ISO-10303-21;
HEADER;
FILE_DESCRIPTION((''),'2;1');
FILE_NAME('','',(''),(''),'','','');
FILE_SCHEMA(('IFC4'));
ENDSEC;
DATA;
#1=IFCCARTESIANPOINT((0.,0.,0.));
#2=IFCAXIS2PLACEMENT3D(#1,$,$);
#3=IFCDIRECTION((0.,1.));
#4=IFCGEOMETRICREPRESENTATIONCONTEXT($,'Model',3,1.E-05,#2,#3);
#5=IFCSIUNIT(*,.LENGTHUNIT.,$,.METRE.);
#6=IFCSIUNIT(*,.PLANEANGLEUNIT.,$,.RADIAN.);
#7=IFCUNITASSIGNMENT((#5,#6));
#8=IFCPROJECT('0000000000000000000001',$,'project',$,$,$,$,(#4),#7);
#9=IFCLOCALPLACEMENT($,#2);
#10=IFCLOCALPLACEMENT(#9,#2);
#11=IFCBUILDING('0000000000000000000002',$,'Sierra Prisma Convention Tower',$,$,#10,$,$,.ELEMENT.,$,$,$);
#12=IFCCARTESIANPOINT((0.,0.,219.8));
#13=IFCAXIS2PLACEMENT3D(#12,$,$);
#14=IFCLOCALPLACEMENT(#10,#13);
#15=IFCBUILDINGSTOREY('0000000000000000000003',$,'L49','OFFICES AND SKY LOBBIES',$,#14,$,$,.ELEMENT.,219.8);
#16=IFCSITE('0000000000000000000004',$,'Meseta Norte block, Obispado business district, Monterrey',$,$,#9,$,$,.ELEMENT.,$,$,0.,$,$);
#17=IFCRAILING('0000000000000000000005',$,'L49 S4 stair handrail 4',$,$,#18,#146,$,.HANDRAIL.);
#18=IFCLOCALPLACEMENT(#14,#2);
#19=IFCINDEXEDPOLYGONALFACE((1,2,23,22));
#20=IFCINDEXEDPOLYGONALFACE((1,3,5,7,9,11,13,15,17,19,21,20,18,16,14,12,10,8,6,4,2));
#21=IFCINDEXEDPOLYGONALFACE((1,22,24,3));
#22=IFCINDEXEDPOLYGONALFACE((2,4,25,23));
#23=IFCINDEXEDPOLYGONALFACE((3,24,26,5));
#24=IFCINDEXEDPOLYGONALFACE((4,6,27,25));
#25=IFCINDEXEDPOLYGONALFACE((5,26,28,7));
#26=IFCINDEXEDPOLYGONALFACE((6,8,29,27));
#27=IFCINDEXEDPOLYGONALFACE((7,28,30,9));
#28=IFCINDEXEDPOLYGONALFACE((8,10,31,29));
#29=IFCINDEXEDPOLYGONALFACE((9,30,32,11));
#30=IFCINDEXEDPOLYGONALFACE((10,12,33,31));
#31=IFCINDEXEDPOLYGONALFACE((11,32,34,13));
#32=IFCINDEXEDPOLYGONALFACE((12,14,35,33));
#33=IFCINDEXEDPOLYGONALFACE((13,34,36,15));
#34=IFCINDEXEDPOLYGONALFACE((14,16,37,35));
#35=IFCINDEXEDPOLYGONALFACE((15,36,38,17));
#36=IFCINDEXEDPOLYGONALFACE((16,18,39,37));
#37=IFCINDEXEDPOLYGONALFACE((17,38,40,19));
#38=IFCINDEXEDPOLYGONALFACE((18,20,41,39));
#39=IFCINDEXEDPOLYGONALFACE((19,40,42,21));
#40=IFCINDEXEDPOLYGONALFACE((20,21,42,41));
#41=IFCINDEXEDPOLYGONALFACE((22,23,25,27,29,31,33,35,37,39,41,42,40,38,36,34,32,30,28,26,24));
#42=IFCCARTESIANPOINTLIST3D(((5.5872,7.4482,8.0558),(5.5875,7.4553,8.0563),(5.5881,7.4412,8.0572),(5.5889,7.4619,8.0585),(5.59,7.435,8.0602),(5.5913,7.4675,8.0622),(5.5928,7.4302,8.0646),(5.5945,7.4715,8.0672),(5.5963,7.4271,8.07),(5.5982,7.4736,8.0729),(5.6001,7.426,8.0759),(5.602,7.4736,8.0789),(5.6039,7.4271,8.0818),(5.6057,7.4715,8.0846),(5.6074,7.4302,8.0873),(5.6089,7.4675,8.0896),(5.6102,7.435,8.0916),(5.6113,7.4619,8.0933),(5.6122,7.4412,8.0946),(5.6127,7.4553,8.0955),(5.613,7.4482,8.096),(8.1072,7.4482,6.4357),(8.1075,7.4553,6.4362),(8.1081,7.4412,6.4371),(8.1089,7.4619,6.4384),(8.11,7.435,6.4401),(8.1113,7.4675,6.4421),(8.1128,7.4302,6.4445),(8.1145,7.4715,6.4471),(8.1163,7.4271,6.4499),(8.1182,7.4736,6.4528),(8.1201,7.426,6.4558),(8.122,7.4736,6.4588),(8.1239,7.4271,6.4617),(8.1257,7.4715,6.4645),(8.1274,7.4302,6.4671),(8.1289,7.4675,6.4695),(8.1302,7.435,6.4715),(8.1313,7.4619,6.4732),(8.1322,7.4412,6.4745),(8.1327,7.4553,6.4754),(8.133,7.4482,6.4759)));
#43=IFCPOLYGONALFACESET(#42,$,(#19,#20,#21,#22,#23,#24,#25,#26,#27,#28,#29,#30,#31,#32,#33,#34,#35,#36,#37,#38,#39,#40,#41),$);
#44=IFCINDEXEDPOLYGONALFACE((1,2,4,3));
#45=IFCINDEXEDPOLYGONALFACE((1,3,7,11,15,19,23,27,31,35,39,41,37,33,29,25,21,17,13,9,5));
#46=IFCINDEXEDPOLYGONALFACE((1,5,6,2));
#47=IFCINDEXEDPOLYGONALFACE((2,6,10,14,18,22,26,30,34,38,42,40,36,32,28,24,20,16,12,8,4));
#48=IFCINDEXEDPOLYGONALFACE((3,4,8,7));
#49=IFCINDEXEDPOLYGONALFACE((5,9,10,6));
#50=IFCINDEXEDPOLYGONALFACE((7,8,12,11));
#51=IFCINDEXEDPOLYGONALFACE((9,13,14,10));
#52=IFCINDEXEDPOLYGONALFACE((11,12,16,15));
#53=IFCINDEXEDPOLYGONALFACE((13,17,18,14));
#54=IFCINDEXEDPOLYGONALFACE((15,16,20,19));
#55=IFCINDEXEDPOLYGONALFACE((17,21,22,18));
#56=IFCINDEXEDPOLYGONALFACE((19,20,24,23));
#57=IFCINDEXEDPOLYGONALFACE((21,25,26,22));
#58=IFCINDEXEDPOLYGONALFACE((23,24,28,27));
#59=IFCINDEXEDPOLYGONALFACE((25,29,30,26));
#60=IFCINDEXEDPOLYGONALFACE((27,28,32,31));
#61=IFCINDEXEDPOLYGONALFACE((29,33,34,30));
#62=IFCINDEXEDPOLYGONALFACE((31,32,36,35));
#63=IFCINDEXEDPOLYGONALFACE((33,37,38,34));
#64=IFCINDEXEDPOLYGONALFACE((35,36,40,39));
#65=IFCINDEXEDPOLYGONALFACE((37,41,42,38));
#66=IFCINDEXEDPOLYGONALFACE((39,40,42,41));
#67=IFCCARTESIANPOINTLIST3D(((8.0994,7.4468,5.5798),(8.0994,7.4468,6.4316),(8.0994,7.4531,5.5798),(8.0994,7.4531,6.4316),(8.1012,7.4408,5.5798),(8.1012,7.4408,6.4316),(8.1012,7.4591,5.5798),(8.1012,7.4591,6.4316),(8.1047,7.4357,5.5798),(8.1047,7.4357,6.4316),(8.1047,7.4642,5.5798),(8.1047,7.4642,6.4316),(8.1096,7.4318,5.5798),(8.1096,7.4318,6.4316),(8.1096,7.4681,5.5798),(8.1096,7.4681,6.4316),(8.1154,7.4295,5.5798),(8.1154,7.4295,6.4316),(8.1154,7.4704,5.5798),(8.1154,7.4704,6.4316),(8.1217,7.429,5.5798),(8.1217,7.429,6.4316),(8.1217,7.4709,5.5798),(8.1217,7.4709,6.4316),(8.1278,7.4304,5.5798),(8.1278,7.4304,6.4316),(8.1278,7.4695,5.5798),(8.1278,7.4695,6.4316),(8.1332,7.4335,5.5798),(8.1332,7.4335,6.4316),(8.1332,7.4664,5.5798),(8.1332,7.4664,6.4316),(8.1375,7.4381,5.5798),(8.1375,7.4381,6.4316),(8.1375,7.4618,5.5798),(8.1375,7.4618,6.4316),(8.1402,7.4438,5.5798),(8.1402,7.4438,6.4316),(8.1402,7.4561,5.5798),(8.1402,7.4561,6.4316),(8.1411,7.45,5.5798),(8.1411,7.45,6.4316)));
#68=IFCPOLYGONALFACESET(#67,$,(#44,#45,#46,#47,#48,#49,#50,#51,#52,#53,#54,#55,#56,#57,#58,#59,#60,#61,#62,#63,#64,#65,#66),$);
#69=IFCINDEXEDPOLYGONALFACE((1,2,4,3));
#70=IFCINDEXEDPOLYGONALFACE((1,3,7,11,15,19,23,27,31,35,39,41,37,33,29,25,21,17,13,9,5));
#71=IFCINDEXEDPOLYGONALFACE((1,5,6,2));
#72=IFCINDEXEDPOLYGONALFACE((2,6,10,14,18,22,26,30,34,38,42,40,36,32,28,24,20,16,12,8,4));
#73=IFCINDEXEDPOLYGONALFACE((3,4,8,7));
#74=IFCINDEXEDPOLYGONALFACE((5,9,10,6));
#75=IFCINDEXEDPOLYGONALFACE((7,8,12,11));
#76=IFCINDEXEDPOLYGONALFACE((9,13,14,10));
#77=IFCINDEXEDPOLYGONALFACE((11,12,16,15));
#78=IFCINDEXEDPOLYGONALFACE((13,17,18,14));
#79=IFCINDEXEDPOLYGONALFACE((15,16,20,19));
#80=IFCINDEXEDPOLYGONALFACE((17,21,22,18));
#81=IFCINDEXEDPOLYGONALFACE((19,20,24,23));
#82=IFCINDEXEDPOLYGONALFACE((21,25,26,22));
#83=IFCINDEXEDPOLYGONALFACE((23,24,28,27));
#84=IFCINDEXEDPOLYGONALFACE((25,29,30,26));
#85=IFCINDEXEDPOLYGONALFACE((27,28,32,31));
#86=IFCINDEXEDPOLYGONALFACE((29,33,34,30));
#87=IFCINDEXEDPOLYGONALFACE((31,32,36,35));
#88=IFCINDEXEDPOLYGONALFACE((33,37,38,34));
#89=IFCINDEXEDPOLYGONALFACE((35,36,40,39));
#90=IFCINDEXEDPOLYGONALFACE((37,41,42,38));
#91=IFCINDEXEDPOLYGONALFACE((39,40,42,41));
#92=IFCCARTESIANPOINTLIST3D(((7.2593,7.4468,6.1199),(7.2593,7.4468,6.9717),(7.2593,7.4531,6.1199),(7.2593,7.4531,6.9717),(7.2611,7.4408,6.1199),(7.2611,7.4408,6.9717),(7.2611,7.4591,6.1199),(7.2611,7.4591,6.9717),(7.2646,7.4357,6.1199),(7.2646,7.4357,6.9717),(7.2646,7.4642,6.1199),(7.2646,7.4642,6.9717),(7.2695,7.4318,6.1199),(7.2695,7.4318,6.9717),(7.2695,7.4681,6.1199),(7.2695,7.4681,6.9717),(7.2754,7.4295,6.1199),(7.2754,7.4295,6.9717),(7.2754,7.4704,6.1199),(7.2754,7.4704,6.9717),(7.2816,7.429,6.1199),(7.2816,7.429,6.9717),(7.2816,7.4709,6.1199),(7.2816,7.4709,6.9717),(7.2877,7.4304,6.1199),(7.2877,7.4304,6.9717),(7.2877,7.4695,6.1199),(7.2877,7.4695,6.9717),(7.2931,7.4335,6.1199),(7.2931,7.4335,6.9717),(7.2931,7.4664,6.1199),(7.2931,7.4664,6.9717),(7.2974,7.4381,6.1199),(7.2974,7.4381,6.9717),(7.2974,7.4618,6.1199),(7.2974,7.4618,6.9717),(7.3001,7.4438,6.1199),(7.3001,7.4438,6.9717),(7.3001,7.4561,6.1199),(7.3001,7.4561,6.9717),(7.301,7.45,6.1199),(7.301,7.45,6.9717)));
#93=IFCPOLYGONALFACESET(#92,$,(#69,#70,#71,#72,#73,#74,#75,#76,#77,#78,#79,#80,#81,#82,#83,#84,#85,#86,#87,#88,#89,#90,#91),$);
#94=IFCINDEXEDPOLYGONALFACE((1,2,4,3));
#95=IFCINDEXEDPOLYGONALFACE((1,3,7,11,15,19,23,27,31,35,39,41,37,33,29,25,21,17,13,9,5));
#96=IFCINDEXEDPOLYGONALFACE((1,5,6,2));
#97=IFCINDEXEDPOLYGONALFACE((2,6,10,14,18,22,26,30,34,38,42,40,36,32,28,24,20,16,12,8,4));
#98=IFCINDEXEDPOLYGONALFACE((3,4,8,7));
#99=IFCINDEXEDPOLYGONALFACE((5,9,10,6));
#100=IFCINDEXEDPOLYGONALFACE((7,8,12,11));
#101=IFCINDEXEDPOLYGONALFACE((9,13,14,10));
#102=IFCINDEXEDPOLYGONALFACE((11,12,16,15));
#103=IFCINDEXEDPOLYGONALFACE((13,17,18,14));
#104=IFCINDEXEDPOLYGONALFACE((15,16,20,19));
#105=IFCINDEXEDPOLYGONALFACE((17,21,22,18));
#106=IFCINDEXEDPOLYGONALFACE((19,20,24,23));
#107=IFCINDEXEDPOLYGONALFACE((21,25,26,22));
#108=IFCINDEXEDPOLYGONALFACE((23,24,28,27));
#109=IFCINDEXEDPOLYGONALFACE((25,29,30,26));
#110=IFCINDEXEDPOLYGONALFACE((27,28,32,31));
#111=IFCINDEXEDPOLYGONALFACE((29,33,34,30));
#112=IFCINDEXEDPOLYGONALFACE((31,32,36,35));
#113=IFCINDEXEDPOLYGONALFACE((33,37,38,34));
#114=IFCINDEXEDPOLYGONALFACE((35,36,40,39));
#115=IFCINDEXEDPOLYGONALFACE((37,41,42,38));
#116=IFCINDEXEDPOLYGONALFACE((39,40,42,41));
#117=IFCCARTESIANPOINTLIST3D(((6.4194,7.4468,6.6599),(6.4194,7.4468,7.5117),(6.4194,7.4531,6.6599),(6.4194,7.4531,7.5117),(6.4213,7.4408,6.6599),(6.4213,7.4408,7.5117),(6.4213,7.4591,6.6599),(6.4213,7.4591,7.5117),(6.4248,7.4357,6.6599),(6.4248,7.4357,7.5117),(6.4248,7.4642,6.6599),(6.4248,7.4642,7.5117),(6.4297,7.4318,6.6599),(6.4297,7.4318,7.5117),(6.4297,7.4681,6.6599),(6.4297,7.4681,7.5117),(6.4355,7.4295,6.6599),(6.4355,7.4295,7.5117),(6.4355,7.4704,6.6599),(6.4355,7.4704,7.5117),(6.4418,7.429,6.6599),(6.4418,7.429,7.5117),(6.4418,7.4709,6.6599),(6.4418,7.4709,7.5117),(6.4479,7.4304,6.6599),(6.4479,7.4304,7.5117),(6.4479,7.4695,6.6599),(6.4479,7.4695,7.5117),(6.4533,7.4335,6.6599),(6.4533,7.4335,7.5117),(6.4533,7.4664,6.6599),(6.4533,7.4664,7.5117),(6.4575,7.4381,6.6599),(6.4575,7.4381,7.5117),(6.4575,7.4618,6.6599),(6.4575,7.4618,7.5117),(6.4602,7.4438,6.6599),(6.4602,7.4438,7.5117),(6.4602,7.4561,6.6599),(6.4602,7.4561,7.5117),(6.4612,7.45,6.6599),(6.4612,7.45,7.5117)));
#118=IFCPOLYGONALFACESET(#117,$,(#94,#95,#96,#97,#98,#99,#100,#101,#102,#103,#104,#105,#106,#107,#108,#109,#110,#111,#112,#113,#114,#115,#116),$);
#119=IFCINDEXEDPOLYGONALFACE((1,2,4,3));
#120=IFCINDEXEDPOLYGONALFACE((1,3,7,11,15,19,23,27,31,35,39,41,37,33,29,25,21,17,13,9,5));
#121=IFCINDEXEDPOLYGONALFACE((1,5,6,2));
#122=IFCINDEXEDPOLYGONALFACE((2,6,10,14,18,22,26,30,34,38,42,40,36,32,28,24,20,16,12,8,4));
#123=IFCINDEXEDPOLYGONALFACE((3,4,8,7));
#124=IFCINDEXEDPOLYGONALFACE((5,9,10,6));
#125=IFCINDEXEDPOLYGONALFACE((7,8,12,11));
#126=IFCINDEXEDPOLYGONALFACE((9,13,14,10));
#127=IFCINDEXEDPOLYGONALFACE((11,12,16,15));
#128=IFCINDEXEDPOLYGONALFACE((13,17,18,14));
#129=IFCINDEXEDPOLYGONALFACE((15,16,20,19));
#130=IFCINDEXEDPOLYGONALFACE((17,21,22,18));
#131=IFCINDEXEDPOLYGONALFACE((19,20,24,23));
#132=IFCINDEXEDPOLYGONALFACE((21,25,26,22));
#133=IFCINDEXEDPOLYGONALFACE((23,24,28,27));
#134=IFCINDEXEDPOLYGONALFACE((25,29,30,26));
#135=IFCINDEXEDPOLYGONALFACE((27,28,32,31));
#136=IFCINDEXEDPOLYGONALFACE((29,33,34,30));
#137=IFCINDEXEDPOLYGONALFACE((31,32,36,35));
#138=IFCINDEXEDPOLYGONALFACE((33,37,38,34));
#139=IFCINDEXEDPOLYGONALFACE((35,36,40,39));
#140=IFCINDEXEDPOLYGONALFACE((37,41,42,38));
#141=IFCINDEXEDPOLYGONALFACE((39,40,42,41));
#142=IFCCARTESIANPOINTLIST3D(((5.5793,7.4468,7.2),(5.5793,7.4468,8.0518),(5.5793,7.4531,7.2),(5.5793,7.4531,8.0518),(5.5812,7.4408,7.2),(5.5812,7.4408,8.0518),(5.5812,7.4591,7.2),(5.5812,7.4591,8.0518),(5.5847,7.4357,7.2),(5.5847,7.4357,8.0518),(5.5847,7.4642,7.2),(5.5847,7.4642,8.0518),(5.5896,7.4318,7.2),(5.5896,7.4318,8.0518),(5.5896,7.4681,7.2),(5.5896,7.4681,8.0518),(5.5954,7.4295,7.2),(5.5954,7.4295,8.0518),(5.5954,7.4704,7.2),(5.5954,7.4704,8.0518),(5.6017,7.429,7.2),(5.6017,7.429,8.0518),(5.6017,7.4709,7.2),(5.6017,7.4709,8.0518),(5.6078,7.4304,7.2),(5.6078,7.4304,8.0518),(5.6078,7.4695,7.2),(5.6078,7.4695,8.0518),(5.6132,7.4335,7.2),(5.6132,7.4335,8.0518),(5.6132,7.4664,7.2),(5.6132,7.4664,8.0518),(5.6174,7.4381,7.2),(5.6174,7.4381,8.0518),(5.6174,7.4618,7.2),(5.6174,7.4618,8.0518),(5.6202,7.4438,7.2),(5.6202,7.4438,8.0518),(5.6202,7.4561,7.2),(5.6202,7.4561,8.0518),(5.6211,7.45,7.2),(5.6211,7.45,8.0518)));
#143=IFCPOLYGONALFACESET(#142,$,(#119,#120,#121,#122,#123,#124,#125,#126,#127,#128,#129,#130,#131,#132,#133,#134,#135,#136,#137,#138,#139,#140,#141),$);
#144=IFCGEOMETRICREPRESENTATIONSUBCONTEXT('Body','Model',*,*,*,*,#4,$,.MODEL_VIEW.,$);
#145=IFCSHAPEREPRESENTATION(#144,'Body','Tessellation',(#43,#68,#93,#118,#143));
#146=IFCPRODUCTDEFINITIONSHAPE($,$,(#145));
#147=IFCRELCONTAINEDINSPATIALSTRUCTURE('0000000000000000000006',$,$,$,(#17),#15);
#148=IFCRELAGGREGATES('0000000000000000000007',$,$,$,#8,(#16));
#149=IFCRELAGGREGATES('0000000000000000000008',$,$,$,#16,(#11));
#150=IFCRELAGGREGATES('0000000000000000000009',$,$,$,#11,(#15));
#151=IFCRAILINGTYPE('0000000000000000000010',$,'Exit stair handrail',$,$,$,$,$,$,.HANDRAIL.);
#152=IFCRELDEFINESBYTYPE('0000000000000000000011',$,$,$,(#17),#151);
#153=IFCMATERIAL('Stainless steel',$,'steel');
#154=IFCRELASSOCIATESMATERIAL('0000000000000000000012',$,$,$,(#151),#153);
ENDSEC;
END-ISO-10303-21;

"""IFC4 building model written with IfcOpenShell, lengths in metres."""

from ifc_helpers import new_model, si_unit, direction, frame, origin, origin_2d, place, context, subcontext, project, spatial, circle, extrude, material, type_object, element, save


model = new_model("IFC4")

# Units and contexts
model_context = context("Model", 3, precision=1e-05, world=origin(), true_north=direction((0.0, 1.0)))
body_context = subcontext(model_context, "Body", "Model", "MODEL_VIEW")
ifc_project = project(units=[si_unit("LENGTHUNIT", "METRE"), si_unit("PLANEANGLEUNIT", "RADIAN")], contexts=[model_context])

# Site, building, storey
site_placement = place(None, origin())
site = spatial("IfcSite", under=ifc_project, at=site_placement, Name="Meseta Norte block, Obispado business district, Monterrey", CompositionType="ELEMENT", RefElevation=0.0)
building_placement = place(site_placement, origin())
building = spatial("IfcBuilding", under=site, at=building_placement, Name="Sierra Prisma Convention Tower", CompositionType="ELEMENT")
storey_placement = place(building_placement, frame((0.0, 0.0, 219.8)))
storey = spatial("IfcBuildingStorey", under=building, at=storey_placement, Name="L49", Description="OFFICES AND SKY LOBBIES", CompositionType="ELEMENT", Elevation=219.8)

# Railing
ifc_material_1 = material(Name="Stainless steel", Category="steel")
railing_type = type_object("IfcRailingType", Name="Exit stair handrail", PredefinedType="HANDRAIL", material=ifc_material_1)
railing_1_placement = place(storey_placement, frame((8.1201, 7.45, 5.5798)))
element("IfcRailing", 1, at=railing_1_placement, inside=storey, type_object=railing_type, Name="L49 S4 stair handrail 4", PredefinedType="HANDRAIL", context=body_context, shape_type="SweptSolid", body=[
    extrude(circle(Radius=0.0239, at=origin_2d()), frame((0.0, 0.0, 0.876), z_axis=(-0.841163, 0.0, 0.540782), x_axis=(0.0, -1.0, 0.0)), (0.0, 0.0, 1.0), 2.9958),
    extrude(circle(Radius=0.021, at=origin_2d()), origin(), (0.0, 0.0, 1.0), 0.8518),
    extrude(circle(Radius=0.021, at=origin_2d()), frame((-0.8401, 0.0, 0.54)), (0.0, 0.0, 1.0), 0.8518),
    extrude(circle(Radius=0.021, at=origin_2d()), frame((-1.6799, 0.0, 1.0801)), (0.0, 0.0, 1.0), 0.8518),
    extrude(circle(Radius=0.021, at=origin_2d()), frame((-2.52, 0.0, 1.6201)), (0.0, 0.0, 1.0), 0.8518),
])

save(model, "model.ifc")
